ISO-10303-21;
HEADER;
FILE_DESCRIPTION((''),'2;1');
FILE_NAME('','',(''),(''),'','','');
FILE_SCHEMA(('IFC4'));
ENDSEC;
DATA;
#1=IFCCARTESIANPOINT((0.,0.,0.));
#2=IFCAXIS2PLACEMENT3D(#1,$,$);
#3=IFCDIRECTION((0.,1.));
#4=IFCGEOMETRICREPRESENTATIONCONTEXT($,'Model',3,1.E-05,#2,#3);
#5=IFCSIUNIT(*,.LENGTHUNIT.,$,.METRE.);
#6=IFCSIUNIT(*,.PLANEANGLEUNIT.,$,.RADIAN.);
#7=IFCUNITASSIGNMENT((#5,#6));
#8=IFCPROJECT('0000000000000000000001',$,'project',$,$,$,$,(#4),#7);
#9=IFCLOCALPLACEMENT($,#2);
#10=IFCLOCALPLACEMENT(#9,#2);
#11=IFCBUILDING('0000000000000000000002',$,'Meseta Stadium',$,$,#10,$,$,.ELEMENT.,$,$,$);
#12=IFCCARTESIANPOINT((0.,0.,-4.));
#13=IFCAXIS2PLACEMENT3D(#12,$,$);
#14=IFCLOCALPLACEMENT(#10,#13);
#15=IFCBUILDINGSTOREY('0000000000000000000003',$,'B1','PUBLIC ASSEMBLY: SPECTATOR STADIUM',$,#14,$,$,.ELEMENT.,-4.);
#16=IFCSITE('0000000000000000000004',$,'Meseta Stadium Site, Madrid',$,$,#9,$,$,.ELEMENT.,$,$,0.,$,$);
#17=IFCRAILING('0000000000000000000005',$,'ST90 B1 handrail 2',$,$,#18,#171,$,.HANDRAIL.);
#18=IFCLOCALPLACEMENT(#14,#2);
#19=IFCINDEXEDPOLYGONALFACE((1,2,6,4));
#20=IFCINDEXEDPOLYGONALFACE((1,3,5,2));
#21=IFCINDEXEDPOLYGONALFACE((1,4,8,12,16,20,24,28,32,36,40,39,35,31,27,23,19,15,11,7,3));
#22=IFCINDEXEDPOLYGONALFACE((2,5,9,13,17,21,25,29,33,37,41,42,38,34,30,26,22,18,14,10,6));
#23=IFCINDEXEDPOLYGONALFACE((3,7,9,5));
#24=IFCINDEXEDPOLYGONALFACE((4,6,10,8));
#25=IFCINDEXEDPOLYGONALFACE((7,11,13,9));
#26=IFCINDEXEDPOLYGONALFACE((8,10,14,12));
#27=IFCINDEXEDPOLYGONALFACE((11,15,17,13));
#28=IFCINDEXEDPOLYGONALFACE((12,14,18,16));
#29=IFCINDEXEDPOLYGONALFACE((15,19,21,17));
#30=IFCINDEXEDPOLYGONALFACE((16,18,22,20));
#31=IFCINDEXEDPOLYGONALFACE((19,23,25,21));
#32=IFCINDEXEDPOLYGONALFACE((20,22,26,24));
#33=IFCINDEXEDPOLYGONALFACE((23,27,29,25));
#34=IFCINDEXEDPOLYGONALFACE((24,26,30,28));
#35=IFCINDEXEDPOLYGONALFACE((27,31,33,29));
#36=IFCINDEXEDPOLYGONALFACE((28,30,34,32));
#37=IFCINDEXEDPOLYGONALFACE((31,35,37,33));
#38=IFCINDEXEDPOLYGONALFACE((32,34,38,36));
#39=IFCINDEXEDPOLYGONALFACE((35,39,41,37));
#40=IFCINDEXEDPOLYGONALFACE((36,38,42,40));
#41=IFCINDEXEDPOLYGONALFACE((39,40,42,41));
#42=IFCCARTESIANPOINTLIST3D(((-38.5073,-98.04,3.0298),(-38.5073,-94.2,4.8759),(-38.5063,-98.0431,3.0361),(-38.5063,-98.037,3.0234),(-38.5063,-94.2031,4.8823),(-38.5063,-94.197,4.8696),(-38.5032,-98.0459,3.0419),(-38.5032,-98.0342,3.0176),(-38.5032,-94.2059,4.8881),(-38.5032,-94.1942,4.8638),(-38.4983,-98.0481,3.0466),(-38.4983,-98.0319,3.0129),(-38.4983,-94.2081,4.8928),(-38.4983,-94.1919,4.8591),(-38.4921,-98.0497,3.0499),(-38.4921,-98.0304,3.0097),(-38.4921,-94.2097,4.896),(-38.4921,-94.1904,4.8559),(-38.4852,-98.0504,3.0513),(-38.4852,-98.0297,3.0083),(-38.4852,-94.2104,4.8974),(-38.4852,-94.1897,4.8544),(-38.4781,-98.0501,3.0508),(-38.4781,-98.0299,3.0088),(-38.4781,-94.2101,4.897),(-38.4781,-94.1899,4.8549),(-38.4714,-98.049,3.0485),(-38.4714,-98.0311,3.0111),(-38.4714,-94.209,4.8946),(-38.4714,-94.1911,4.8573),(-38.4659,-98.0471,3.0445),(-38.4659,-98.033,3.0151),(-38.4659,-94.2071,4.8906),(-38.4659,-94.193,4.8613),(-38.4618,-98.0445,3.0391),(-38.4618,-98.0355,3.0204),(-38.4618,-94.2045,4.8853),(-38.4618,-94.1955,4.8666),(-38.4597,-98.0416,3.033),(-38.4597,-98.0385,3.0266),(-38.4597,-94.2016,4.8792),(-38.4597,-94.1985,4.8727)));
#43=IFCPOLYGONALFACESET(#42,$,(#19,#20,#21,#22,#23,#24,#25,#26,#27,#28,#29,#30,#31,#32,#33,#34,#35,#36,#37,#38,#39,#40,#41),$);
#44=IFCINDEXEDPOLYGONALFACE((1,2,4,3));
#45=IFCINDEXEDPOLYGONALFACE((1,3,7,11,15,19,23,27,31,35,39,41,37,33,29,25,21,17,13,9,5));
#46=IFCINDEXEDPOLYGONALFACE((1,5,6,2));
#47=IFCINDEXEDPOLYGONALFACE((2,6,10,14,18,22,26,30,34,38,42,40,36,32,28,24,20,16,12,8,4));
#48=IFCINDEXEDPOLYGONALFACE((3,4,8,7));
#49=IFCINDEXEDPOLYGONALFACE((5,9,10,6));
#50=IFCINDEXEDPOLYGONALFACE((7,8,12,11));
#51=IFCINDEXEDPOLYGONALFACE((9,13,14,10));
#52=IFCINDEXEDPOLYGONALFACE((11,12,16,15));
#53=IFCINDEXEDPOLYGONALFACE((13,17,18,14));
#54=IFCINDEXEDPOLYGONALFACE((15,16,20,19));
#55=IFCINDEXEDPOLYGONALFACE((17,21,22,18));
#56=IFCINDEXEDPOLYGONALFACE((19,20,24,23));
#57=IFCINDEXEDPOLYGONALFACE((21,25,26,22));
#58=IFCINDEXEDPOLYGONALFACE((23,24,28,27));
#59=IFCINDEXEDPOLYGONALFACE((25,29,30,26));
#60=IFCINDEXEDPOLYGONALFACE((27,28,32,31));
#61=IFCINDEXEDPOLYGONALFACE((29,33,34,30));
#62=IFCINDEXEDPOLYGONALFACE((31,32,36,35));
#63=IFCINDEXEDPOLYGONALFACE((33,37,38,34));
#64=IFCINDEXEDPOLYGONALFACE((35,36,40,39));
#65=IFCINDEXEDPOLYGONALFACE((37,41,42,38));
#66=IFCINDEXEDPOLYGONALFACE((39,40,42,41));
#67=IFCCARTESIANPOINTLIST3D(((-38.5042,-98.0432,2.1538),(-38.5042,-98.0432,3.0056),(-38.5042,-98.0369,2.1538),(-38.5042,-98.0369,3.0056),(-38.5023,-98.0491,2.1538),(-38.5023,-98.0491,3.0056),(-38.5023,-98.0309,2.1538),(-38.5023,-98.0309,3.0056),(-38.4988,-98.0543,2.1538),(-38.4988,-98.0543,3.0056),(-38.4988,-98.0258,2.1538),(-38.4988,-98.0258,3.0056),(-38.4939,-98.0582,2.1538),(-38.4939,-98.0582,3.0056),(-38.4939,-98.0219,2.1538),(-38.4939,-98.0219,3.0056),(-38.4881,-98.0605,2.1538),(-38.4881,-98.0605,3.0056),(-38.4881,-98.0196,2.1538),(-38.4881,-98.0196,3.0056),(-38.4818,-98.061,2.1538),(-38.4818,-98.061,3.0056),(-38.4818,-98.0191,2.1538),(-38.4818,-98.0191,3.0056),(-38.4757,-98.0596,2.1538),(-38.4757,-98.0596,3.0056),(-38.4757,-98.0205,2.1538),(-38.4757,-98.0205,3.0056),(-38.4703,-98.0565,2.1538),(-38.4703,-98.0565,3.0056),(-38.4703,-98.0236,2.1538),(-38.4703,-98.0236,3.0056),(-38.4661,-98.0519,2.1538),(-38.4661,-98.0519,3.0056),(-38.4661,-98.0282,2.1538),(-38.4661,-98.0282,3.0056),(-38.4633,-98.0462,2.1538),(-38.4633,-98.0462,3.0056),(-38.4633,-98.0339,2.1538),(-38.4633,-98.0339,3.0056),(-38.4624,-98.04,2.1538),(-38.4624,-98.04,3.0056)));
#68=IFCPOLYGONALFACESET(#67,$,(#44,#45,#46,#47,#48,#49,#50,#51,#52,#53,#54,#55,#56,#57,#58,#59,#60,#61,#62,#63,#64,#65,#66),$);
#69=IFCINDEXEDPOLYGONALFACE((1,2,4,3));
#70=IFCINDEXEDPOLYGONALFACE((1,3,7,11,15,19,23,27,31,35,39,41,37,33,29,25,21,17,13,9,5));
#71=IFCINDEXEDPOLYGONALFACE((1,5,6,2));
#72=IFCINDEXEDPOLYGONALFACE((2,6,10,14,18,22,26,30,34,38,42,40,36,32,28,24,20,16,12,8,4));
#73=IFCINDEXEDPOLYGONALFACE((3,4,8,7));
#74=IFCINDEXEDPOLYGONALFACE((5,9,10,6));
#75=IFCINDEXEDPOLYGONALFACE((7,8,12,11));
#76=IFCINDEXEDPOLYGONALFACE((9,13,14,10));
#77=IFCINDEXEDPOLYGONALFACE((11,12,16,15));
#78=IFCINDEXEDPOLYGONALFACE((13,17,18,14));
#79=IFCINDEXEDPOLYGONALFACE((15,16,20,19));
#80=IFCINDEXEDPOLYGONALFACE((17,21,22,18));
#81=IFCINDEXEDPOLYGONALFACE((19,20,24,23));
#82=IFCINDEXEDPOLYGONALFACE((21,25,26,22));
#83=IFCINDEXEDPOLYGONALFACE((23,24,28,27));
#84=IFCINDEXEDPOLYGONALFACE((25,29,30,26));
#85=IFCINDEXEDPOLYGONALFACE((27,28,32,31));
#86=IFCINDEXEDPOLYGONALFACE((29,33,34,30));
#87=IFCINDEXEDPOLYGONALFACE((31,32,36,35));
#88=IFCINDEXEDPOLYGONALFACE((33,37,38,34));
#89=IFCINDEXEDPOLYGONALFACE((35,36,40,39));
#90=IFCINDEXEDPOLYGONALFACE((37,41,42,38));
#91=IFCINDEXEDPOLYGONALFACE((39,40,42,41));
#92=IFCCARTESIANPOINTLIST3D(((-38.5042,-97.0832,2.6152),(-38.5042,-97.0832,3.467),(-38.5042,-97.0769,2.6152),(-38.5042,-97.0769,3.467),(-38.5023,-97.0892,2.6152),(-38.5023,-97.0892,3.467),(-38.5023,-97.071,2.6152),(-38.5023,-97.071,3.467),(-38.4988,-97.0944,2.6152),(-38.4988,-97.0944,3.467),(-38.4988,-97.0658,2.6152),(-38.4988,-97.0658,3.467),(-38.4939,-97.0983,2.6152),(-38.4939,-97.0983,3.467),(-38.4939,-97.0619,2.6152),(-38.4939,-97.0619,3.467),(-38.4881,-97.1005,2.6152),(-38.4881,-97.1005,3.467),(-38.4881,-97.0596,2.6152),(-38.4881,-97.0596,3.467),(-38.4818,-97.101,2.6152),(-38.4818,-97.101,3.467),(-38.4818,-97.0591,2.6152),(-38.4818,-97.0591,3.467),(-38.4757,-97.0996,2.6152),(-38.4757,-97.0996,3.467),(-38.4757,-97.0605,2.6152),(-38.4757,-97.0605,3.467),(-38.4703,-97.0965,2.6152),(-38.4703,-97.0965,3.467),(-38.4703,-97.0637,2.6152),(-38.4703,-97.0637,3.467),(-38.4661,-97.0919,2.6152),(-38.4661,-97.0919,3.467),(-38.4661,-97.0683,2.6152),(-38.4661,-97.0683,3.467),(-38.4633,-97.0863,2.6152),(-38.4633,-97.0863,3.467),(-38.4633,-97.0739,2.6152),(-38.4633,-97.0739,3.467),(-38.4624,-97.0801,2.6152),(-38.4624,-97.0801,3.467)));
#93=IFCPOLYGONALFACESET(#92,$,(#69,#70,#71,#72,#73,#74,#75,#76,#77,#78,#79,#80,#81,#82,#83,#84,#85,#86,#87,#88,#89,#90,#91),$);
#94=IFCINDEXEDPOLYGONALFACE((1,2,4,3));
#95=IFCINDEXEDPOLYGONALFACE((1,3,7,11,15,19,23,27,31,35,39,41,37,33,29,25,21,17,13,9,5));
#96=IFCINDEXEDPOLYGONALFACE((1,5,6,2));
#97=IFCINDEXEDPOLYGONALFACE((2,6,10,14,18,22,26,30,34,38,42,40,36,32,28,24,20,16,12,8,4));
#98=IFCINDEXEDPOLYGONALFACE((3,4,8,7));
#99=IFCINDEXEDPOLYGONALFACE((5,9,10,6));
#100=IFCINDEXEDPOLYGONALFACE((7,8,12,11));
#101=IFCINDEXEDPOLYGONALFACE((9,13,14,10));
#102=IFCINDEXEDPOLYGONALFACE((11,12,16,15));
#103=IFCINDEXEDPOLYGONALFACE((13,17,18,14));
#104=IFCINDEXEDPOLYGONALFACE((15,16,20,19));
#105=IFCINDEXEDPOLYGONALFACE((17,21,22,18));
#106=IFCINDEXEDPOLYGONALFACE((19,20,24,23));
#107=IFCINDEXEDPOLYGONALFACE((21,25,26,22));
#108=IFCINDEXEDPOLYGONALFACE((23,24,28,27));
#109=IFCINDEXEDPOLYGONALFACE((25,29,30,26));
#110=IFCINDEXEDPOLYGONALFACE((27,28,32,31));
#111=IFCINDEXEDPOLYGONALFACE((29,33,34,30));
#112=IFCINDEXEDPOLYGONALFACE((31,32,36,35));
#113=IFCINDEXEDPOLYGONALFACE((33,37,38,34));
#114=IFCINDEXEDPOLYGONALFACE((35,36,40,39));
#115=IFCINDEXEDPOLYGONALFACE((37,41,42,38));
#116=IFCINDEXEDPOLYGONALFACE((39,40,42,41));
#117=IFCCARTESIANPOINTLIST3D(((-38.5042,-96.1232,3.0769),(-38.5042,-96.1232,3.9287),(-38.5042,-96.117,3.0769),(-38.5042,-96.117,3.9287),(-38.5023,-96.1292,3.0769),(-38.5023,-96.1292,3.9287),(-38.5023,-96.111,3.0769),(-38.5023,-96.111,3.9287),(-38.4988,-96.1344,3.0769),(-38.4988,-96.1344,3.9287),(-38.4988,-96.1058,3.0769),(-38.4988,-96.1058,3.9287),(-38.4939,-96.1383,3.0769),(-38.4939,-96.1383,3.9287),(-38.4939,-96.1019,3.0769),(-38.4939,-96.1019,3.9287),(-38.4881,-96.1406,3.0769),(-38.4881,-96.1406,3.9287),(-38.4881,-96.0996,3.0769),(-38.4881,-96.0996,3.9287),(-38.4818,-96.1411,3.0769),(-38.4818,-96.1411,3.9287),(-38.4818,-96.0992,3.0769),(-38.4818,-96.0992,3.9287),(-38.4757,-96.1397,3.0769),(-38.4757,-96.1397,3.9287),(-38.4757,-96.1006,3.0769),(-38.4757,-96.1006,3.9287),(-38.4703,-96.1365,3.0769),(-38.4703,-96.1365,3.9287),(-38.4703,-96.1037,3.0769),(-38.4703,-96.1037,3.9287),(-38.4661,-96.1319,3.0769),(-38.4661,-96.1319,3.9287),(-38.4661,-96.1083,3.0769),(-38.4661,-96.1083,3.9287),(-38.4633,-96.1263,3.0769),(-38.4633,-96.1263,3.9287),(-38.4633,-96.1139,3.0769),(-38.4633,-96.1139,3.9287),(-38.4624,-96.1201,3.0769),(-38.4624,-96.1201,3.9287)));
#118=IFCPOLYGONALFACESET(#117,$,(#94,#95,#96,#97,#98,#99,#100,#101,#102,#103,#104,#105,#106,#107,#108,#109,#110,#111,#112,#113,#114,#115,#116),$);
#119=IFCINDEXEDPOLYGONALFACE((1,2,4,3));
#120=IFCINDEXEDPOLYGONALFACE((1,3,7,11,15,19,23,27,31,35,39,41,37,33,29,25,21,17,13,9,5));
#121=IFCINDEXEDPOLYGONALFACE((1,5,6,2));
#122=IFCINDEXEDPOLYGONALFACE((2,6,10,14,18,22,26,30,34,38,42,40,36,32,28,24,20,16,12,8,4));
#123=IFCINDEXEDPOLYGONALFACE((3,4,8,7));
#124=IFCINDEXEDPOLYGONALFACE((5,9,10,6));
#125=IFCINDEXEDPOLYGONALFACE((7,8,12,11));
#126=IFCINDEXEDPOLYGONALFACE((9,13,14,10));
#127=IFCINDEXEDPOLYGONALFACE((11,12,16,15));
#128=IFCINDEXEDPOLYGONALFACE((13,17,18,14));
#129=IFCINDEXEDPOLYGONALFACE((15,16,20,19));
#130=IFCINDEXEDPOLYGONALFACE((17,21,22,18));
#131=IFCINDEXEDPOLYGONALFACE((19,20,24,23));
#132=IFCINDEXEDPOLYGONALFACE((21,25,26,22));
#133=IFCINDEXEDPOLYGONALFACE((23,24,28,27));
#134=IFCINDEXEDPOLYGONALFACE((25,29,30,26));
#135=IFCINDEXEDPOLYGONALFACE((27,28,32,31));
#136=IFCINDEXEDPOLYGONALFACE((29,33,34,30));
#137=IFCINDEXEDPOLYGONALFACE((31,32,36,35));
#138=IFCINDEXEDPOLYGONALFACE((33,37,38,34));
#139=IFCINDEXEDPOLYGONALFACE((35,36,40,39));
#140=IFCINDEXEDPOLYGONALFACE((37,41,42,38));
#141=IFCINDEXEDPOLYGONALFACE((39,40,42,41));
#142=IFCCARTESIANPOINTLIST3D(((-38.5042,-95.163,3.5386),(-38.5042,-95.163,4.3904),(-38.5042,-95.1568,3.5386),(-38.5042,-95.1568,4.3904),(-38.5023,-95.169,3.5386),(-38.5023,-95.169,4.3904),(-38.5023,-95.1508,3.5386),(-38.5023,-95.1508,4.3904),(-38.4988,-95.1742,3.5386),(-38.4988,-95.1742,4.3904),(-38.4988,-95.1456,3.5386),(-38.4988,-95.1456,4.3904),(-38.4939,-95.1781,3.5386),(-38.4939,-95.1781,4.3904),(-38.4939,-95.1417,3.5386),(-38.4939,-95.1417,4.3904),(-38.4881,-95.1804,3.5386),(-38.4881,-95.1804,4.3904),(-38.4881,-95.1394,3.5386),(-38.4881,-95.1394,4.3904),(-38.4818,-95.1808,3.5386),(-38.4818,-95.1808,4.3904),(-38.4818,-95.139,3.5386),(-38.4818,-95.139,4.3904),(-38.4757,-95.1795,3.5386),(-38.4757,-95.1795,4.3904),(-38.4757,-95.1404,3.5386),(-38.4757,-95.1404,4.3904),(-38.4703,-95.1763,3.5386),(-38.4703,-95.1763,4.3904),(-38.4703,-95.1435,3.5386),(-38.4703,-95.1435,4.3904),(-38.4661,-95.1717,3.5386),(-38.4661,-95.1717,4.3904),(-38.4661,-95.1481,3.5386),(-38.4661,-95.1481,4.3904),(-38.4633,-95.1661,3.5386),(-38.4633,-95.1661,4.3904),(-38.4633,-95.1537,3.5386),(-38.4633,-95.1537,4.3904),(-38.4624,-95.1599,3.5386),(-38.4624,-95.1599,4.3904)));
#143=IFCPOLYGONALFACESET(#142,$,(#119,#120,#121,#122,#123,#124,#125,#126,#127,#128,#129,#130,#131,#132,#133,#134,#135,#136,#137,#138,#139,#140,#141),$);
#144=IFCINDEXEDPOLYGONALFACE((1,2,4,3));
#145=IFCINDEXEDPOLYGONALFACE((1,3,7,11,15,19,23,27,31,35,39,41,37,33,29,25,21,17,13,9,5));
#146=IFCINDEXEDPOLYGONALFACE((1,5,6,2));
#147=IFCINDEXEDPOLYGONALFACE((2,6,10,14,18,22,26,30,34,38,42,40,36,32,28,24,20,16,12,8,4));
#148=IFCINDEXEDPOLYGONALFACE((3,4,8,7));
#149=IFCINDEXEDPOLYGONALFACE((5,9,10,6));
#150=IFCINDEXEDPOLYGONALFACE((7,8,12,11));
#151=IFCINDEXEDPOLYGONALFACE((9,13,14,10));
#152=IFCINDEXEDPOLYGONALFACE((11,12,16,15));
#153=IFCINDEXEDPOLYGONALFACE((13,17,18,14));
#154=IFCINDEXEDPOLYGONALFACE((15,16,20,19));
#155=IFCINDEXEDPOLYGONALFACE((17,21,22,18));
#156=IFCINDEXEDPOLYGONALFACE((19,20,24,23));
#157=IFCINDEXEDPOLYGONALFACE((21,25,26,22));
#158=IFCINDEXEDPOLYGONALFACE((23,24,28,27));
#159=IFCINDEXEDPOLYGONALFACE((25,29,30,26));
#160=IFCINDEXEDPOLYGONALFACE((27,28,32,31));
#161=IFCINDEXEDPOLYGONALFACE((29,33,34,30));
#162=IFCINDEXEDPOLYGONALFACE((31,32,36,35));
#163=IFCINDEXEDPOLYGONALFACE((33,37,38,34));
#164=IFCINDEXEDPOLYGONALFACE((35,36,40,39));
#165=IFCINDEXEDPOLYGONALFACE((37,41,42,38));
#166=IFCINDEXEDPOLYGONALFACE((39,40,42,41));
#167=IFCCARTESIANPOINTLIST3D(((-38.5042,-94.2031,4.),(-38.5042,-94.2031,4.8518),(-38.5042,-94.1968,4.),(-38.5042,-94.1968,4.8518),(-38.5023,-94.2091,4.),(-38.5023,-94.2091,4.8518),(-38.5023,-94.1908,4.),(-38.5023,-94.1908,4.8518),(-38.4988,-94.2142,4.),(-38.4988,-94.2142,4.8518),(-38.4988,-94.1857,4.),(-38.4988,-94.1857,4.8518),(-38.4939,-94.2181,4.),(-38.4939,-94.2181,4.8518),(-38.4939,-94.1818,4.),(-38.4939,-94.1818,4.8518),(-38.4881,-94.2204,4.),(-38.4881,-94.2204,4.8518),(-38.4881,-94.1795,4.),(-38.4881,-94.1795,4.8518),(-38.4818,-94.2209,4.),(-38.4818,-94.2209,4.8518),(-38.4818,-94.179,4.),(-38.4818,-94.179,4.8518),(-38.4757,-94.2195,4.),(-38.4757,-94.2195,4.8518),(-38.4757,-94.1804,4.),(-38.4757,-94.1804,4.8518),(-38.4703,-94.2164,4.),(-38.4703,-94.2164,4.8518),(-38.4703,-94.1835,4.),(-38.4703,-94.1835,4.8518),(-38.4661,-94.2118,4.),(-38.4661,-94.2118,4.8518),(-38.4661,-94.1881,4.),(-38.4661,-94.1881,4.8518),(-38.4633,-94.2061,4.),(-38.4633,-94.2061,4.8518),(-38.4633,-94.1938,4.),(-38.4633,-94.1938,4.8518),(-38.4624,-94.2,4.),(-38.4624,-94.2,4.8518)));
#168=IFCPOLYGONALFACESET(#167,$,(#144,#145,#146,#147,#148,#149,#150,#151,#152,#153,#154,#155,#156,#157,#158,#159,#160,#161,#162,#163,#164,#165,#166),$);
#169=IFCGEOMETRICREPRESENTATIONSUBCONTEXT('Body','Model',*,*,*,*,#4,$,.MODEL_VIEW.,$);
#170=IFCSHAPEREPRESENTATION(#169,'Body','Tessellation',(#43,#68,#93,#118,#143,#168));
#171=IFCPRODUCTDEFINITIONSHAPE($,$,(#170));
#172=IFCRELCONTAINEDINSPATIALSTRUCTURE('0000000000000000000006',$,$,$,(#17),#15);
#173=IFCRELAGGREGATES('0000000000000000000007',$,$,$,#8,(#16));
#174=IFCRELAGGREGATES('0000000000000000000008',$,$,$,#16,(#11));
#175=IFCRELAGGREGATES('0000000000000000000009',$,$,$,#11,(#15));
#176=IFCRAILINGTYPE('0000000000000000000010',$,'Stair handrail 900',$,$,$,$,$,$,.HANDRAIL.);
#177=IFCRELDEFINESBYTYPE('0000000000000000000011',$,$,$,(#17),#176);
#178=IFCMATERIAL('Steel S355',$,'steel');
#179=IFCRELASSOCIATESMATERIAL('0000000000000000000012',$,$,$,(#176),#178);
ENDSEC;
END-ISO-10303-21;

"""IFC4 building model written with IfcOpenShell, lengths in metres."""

from ifc_helpers import new_model, si_unit, direction, frame, origin, origin_2d, place, context, subcontext, project, spatial, circle, extrude, material, type_object, element, save


model = new_model("IFC4")

# Units and contexts
model_context = context("Model", 3, precision=1e-05, world=origin(), true_north=direction((0.0, 1.0)))
body_context = subcontext(model_context, "Body", "Model", "MODEL_VIEW")
ifc_project = project(units=[si_unit("LENGTHUNIT", "METRE"), si_unit("PLANEANGLEUNIT", "RADIAN")], contexts=[model_context])

# Site, building, storey
site_placement = place(None, origin())
site = spatial("IfcSite", under=ifc_project, at=site_placement, Name="Meseta Stadium Site, Madrid", CompositionType="ELEMENT", RefElevation=0.0)
building_placement = place(site_placement, origin())
building = spatial("IfcBuilding", under=site, at=building_placement, Name="Meseta Stadium", CompositionType="ELEMENT")
storey_placement = place(building_placement, frame((0.0, 0.0, -4.0)))
storey = spatial("IfcBuildingStorey", under=building, at=storey_placement, Name="B1", Description="PUBLIC ASSEMBLY: SPECTATOR STADIUM", CompositionType="ELEMENT", Elevation=-4.0)

# Railing
ifc_material_1 = material(Name="Steel S355", Category="steel")
railing_type_1 = type_object("IfcRailingType", Name="Stair handrail 900", PredefinedType="HANDRAIL", material=ifc_material_1)
for number, where, name in (
    (1, (-38.4834, -98.04, 2.1538), "ST90 B1 handrail 2"),
):
    element("IfcRailing", number, at=place(storey_placement, frame(where)), inside=storey, type_object=railing_type_1, Name=name, PredefinedType="HANDRAIL", context=body_context, shape_type="SweptSolid", body=[
        extrude(circle(Radius=0.0239, at=origin_2d()), frame((0.0, 0.0, 0.876), z_axis=(0.0, 0.901253, 0.433294), x_axis=(-1.0, 0.0, 0.0)), (0.0, 0.0, 1.0), 4.2607),
        extrude(circle(Radius=0.021, at=origin_2d()), origin(), (0.0, 0.0, 1.0), 0.8518),
        extrude(circle(Radius=0.021, at=origin_2d()), frame((0.0, 0.96, 0.4614)), (0.0, 0.0, 1.0), 0.8518),
        extrude(circle(Radius=0.021, at=origin_2d()), frame((0.0, 1.9199, 0.9231)), (0.0, 0.0, 1.0), 0.8518),
        extrude(circle(Radius=0.021, at=origin_2d()), frame((0.0, 2.8801, 1.3848)), (0.0, 0.0, 1.0), 0.8518),
        extrude(circle(Radius=0.021, at=origin_2d()), frame((0.0, 3.8401, 1.8462)), (0.0, 0.0, 1.0), 0.8518),
    ])

save(model, "model.ifc")
